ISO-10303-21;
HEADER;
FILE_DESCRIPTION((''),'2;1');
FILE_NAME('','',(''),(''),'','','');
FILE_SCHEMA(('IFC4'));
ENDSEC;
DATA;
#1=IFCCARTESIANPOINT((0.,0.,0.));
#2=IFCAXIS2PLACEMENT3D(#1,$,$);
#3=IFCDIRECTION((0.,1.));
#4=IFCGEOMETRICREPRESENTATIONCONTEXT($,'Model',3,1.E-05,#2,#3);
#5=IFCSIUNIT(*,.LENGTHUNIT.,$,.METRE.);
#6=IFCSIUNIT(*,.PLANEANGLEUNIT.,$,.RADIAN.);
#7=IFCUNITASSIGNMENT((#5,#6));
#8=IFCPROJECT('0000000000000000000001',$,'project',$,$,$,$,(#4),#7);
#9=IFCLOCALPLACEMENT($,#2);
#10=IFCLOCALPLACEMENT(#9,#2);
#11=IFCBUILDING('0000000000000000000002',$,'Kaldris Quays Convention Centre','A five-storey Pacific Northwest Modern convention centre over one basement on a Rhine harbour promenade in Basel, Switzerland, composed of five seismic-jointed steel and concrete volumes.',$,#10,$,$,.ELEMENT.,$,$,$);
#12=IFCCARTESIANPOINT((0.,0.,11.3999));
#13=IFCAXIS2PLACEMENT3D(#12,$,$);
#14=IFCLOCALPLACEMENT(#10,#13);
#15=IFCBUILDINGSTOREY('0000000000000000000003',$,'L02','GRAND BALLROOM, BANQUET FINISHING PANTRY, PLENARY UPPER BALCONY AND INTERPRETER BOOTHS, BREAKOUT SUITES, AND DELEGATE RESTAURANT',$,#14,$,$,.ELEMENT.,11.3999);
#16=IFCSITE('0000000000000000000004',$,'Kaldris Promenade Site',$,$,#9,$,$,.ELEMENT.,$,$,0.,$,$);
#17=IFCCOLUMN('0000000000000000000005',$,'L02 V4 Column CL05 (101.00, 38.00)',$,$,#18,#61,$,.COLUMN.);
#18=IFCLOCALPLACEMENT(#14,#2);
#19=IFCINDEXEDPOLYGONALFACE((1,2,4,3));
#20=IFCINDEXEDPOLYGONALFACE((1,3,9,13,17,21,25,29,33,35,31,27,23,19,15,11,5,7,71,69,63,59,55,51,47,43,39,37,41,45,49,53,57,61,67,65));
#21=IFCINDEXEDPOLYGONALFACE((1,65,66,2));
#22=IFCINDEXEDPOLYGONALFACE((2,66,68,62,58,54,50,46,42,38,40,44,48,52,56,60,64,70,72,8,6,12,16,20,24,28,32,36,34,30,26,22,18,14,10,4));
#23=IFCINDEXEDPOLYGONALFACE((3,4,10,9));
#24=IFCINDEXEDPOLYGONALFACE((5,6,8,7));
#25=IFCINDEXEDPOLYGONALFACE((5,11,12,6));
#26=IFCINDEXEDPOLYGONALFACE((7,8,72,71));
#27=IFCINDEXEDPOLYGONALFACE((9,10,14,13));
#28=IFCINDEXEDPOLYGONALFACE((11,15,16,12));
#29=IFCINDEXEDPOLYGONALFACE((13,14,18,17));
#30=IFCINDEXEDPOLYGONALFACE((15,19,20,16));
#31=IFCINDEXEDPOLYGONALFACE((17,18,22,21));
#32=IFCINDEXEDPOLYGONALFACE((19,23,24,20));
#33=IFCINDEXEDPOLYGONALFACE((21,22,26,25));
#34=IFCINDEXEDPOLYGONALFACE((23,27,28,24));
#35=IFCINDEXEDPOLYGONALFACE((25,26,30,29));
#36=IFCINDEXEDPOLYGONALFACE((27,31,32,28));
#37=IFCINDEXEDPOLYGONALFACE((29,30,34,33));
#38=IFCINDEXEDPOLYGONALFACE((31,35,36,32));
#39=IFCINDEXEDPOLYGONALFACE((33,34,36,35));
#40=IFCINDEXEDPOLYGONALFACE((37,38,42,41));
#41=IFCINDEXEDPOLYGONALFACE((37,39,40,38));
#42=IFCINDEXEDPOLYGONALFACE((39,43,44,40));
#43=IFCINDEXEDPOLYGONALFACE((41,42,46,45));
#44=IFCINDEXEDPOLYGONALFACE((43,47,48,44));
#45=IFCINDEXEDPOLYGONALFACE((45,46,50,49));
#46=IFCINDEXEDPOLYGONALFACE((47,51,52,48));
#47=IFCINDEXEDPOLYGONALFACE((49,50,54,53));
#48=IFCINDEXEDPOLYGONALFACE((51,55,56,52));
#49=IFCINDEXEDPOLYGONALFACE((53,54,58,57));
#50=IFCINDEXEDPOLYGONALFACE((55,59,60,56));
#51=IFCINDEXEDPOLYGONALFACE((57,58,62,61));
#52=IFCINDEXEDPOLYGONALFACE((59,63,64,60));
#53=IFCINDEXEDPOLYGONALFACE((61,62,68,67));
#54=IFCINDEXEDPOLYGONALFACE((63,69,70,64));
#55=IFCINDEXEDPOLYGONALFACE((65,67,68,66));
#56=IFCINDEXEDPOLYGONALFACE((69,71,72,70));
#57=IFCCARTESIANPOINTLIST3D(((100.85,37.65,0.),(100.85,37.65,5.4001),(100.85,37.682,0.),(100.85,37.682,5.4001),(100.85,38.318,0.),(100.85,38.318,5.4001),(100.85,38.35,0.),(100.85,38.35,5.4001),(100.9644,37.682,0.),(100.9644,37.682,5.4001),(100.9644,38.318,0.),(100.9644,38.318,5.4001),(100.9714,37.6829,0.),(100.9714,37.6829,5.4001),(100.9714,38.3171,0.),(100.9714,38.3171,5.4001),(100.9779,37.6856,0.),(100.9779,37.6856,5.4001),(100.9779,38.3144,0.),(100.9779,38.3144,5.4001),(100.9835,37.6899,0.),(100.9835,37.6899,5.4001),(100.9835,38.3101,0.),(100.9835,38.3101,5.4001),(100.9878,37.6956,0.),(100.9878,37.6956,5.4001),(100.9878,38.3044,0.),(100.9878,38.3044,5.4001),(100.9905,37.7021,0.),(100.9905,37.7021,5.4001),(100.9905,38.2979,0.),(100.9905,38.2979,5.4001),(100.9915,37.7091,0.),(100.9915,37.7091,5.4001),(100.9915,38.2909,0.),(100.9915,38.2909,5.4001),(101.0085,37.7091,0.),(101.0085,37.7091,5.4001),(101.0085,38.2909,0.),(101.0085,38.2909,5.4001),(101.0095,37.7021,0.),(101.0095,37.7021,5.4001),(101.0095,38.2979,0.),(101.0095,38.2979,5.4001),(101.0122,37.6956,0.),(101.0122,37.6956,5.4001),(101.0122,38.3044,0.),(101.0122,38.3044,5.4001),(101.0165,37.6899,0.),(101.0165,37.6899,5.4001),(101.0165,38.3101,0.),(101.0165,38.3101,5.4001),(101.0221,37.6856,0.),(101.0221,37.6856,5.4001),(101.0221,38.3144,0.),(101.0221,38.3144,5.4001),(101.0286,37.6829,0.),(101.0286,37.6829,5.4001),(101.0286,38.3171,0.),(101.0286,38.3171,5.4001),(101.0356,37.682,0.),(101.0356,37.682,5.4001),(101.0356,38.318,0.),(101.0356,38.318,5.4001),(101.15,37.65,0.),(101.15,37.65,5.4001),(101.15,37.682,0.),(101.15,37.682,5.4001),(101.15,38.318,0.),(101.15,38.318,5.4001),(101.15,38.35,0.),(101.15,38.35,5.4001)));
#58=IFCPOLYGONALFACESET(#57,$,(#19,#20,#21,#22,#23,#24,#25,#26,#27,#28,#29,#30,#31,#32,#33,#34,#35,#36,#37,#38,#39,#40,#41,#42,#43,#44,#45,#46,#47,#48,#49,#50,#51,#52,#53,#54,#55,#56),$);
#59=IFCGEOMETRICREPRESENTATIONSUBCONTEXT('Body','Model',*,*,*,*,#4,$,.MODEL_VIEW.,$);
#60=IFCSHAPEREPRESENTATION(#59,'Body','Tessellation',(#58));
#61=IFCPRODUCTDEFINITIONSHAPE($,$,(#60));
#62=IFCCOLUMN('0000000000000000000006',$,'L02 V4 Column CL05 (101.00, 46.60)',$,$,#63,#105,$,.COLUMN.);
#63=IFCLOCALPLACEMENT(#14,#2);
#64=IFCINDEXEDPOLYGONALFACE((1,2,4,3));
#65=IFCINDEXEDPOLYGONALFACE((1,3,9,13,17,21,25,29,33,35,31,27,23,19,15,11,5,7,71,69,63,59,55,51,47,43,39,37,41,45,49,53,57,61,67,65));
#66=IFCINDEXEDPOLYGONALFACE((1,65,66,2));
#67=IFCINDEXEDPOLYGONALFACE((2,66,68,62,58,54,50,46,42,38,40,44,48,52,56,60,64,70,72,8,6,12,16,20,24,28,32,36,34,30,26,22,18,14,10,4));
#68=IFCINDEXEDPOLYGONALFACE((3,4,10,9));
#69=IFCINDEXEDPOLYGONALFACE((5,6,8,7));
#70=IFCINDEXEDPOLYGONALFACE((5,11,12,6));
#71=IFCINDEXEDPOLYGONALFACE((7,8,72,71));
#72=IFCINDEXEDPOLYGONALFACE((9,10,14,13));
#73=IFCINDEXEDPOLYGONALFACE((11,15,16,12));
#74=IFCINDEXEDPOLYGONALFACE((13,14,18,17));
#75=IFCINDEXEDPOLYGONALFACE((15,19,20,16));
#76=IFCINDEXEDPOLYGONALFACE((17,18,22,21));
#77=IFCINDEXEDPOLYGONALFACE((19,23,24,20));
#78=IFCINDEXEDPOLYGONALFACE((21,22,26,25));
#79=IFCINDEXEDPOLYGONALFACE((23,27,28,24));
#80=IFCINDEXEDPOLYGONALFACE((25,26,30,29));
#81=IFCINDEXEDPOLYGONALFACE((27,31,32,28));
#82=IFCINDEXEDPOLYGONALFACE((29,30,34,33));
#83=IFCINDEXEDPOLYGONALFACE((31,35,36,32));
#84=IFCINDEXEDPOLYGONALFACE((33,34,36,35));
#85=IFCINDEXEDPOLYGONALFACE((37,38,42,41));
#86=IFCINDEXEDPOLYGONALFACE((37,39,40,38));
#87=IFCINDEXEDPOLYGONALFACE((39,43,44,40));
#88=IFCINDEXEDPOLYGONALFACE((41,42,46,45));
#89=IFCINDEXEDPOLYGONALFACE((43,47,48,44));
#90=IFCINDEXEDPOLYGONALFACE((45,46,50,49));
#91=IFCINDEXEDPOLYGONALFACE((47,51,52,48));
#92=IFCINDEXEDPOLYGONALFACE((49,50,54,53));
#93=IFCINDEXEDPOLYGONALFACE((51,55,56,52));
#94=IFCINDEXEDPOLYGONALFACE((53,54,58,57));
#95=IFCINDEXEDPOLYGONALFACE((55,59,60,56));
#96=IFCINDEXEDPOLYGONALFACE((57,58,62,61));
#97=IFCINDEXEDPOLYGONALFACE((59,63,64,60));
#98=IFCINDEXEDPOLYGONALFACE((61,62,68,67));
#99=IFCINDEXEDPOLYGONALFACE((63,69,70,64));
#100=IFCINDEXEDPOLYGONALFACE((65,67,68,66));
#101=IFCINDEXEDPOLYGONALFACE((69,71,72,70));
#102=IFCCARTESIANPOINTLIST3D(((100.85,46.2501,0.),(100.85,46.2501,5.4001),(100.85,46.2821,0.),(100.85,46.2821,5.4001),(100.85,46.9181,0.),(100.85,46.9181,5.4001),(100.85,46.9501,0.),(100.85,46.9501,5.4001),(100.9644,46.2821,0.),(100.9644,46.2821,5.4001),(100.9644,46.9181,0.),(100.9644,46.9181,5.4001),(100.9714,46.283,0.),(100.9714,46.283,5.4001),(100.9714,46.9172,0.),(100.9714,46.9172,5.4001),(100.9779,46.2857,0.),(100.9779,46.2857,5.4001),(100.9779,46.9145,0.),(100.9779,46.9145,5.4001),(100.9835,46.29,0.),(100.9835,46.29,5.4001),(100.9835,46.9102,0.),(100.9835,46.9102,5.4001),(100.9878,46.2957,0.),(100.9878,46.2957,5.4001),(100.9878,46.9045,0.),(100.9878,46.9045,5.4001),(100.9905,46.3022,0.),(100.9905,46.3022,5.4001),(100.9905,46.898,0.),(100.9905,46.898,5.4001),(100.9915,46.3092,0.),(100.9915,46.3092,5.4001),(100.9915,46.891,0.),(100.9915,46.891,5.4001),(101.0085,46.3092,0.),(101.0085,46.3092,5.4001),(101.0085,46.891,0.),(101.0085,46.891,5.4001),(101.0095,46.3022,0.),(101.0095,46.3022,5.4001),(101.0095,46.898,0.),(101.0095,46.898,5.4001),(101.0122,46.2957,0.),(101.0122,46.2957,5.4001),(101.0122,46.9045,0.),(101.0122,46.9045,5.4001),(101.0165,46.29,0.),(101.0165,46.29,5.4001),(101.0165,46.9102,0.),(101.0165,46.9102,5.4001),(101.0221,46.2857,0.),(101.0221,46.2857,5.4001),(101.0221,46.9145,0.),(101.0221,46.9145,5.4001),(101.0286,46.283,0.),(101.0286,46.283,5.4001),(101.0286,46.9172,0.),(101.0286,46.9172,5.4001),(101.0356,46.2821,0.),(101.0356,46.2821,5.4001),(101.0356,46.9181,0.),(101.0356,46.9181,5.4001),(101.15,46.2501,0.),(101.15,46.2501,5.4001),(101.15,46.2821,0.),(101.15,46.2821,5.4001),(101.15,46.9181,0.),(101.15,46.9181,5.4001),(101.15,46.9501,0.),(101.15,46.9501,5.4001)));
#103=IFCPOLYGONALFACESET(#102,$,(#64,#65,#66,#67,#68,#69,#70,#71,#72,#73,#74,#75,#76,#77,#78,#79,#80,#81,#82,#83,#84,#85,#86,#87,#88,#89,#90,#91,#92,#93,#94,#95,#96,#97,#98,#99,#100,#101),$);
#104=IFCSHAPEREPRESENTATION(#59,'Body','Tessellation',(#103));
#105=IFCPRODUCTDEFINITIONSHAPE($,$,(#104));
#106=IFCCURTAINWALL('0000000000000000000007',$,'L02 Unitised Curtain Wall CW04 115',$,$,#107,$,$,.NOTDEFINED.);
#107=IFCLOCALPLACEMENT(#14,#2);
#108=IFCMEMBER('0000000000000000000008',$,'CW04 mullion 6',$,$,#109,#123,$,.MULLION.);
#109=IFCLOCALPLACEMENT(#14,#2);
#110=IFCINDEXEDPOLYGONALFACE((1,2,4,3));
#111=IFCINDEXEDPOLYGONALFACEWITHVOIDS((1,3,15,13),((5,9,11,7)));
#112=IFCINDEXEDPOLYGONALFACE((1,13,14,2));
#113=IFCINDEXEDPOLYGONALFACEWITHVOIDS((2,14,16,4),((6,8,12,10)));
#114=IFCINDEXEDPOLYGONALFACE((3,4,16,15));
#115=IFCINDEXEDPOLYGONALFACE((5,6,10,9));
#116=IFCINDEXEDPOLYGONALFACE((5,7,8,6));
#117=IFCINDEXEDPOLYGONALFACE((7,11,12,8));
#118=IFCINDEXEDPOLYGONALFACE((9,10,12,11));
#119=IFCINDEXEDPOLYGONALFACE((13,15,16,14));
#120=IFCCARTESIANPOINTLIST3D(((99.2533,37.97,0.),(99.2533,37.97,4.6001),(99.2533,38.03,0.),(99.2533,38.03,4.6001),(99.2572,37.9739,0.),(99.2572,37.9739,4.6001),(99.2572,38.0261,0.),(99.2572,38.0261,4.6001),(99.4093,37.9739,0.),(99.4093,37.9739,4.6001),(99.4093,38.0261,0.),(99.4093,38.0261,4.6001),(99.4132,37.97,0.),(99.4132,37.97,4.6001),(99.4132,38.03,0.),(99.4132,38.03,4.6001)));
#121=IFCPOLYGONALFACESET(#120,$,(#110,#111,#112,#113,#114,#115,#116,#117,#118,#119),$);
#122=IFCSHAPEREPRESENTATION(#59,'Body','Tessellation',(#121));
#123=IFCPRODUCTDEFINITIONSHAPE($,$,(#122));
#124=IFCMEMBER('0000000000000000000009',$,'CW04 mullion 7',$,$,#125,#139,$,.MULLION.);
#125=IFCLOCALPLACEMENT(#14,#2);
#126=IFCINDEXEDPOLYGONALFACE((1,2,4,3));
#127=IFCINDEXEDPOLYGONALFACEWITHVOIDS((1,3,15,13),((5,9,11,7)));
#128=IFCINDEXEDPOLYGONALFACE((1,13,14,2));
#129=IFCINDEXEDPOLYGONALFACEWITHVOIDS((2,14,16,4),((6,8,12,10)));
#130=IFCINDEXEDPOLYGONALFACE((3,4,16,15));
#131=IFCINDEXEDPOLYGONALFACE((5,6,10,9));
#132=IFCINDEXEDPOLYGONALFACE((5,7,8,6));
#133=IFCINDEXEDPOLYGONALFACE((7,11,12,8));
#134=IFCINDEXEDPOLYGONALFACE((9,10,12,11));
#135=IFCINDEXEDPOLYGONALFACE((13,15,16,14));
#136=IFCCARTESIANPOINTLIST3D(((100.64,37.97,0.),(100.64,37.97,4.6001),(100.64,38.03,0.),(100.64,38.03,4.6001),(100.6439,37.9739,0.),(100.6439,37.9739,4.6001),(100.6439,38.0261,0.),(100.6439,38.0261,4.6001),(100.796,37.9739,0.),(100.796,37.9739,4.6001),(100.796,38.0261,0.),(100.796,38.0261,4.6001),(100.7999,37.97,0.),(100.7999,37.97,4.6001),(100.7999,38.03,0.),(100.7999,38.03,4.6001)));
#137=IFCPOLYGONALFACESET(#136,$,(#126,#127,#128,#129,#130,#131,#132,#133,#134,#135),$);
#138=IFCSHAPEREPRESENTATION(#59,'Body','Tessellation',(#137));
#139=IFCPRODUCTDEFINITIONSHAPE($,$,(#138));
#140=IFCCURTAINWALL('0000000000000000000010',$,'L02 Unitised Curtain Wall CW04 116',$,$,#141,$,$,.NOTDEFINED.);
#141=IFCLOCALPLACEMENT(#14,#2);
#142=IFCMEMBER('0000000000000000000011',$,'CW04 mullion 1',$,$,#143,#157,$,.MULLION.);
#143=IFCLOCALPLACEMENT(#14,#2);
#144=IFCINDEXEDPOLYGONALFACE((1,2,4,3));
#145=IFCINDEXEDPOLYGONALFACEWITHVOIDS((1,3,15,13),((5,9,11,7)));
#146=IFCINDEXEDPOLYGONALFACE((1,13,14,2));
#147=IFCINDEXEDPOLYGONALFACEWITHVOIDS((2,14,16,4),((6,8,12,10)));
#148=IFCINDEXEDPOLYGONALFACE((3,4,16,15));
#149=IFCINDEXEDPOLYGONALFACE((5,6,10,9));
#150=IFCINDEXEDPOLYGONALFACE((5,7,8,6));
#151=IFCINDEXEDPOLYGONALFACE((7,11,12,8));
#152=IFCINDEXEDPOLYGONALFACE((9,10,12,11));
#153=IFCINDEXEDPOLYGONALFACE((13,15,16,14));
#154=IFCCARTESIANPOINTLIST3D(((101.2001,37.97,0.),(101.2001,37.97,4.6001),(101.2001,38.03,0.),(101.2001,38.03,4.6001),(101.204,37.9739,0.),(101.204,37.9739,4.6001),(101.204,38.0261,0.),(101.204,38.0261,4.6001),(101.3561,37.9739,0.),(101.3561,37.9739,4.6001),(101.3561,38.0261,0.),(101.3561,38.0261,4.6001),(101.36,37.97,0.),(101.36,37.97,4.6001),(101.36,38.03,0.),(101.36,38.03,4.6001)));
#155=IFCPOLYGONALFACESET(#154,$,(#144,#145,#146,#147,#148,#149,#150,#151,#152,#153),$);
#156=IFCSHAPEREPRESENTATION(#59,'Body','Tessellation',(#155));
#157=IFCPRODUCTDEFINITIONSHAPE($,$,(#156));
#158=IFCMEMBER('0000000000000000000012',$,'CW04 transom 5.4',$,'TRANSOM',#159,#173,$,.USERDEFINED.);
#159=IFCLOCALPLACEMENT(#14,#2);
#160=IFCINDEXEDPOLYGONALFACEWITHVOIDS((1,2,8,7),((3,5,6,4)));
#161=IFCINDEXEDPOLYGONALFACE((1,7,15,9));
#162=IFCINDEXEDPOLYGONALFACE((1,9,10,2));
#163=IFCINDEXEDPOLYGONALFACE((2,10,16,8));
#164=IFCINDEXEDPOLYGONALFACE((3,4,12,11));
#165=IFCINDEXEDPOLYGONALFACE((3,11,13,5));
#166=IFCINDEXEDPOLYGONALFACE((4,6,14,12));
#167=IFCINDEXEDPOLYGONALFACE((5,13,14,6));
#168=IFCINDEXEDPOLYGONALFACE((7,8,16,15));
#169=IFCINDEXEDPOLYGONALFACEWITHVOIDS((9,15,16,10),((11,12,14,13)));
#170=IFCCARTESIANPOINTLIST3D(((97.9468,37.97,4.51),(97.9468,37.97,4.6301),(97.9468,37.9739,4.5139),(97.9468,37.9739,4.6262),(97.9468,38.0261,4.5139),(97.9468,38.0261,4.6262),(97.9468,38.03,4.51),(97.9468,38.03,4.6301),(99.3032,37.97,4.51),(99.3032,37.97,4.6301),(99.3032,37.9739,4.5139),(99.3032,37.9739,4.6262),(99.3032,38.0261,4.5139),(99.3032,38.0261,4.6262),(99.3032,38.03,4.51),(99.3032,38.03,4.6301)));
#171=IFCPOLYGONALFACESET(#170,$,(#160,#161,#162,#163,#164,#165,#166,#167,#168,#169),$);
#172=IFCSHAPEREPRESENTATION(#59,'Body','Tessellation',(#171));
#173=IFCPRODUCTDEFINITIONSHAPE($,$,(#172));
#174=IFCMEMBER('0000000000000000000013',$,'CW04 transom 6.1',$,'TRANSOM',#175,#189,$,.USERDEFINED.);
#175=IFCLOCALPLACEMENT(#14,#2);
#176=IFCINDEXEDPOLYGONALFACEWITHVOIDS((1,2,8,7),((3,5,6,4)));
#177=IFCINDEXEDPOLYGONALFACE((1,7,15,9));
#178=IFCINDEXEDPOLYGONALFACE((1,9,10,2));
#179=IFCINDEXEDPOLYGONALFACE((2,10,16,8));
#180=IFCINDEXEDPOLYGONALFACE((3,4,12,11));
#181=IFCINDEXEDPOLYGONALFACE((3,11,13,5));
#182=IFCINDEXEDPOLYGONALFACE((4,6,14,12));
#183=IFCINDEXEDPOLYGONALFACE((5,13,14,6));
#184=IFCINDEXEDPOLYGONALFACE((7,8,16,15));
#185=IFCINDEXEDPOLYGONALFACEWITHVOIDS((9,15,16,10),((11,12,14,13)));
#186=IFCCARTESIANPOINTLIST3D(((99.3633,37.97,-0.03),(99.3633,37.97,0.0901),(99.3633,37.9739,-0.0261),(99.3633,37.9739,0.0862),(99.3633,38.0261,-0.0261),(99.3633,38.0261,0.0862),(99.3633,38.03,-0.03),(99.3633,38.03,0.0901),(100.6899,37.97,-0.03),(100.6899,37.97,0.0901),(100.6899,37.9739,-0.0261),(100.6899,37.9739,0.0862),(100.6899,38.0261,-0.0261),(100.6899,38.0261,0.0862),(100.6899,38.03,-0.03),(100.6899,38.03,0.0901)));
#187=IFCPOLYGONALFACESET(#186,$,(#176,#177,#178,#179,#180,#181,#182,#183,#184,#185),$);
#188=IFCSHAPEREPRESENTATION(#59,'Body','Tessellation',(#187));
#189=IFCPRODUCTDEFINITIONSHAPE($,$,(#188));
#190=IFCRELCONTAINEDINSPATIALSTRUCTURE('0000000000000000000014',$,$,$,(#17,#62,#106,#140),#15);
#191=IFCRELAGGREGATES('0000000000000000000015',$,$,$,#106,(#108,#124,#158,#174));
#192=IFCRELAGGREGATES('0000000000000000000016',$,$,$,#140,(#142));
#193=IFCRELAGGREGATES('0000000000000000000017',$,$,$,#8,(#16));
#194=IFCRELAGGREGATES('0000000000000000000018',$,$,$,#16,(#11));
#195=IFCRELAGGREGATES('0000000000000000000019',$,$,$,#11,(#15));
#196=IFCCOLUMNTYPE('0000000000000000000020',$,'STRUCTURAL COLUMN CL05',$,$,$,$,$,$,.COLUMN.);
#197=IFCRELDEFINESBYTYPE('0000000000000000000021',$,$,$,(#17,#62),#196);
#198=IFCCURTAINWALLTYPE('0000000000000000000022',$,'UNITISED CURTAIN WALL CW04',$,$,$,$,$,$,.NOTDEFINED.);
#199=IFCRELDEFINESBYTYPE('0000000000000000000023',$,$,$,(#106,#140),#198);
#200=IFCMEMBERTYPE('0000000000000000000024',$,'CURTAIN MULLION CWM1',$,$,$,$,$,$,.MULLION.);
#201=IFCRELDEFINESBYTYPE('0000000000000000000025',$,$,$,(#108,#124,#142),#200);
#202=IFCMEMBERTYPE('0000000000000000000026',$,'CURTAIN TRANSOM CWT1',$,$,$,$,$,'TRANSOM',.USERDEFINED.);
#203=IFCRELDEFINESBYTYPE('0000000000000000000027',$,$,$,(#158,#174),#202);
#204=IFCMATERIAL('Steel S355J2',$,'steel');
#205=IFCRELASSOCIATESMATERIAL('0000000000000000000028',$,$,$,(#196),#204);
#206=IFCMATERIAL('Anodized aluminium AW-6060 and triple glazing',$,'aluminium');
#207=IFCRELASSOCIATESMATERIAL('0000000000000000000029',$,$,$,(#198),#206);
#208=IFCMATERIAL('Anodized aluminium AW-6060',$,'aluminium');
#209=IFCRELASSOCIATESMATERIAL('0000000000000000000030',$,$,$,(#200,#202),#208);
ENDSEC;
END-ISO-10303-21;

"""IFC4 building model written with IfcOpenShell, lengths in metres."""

from ifc_helpers import new_model, si_unit, direction, frame, origin, origin_2d, place, context, subcontext, project, spatial, hollow_rectangle, i_section, extrude, material, material_profile, profile_set, type_object, element, aggregate, save


model = new_model("IFC4")

# Units and contexts
model_context = context("Model", 3, precision=1e-05, world=origin(), true_north=direction((0.0, 1.0)))
body_context = subcontext(model_context, "Body", "Model", "MODEL_VIEW")
ifc_project = project(units=[si_unit("LENGTHUNIT", "METRE"), si_unit("PLANEANGLEUNIT", "RADIAN")], contexts=[model_context])

# Site, building, storey
site_placement = place(None, origin())
site = spatial("IfcSite", under=ifc_project, at=site_placement, Name="Kaldris Promenade Site", CompositionType="ELEMENT", RefElevation=0.0)
building_placement = place(site_placement, origin())
building = spatial("IfcBuilding", under=site, at=building_placement, Name="Kaldris Quays Convention Centre", Description="A five-storey Pacific Northwest Modern convention centre over one basement on a Rhine harbour promenade in Basel, Switzerland, composed of five seismic-jointed steel and concrete volumes.", CompositionType="ELEMENT")
storey_placement = place(building_placement, frame((0.0, 0.0, 11.3999)))
storey = spatial("IfcBuildingStorey", under=building, at=storey_placement, Name="L02", Description="GRAND BALLROOM, BANQUET FINISHING PANTRY, PLENARY UPPER BALCONY AND INTERPRETER BOOTHS, BREAKOUT SUITES, AND DELEGATE RESTAURANT", CompositionType="ELEMENT", Elevation=11.3999)

# Columns
ifc_material_1 = material(Name="Steel S355J2", Category="steel")
ifc_material_profile_1 = material_profile(ifc_material_1, i_section(OverallWidth=0.3, OverallDepth=0.7, WebThickness=0.0171, FlangeThickness=0.032, FilletRadius=0.0271, at=origin_2d()), Name="HEB 700")
ifc_profile_set_1 = profile_set([ifc_material_profile_1], Name="Steel S355J2")
column_type = type_object("IfcColumnType", Name="STRUCTURAL COLUMN CL05", PredefinedType="COLUMN", material=ifc_profile_set_1)
for number, where, z_axis, x_axis, name in (
    (1, (101.0, 38.0, 0.0), (0.0, 0.0, 1.0), (1.0, 0.0, 0.0), "L02 V4 Column CL05 (101.00, 38.00)"),
    (2, (101.0, 46.6001, 0.0), (0.0, 0.0, 1.0), (1.0, 0.0, 0.0), "L02 V4 Column CL05 (101.00, 46.60)"),
):
    element("IfcColumn", number, at=place(storey_placement, frame(where, z_axis=z_axis, x_axis=x_axis)), inside=storey, type_object=column_type, Name=name, PredefinedType="COLUMN", context=body_context, shape_type="SweptSolid", body=[
        extrude(i_section(OverallWidth=0.3, OverallDepth=0.7, WebThickness=0.0171, FlangeThickness=0.032, FilletRadius=0.0271, at=origin_2d()), origin(), (0.0, 0.0, 1.0), 5.4001),
    ])

# Curtain wall, members
ifc_material_2 = material(Name="Anodized aluminium AW-6060 and triple glazing", Category="aluminium")
curtain_wall_type = type_object("IfcCurtainWallType", Name="UNITISED CURTAIN WALL CW04", PredefinedType="NOTDEFINED", material=ifc_material_2)
curtain_wall_1_placement = place(storey_placement, origin())
curtain_wall_1 = element("IfcCurtainWall", 3, at=curtain_wall_1_placement, inside=storey, type_object=curtain_wall_type, Name="L02 Unitised Curtain Wall CW04 115", PredefinedType="NOTDEFINED")
ifc_material_3 = material(Name="Anodized aluminium AW-6060", Category="aluminium")
ifc_material_profile_2 = material_profile(ifc_material_3, hollow_rectangle(XDim=0.0601, YDim=0.1599, WallThickness=0.0039, at=origin_2d()), Name="RHS 160x60x4")
ifc_profile_set_2 = profile_set([ifc_material_profile_2], Name="Anodized aluminium AW-6060")
member_type_1 = type_object("IfcMemberType", Name="CURTAIN MULLION CWM1", PredefinedType="MULLION", material=ifc_profile_set_2)
member_1_placement = place(storey_placement, frame((99.3333, 38.0, 0.0), z_axis=(0.0, 0.0, 1.0), x_axis=(0.0, 1.0, 0.0)))
member_1 = element("IfcMember", 4, at=member_1_placement, type_object=member_type_1, Name="CW04 mullion 6", PredefinedType="MULLION", context=body_context, shape_type="SweptSolid", body=[
    extrude(hollow_rectangle(XDim=0.0601, YDim=0.1599, WallThickness=0.0039, at=origin_2d()), origin(), (0.0, 0.0, 1.0), 4.6001),
])
member_2_placement = place(storey_placement, frame((100.72, 38.0, 0.0), z_axis=(0.0, 0.0, 1.0), x_axis=(0.0, 1.0, 0.0)))
member_2 = element("IfcMember", 5, at=member_2_placement, type_object=member_type_1, Name="CW04 mullion 7", PredefinedType="MULLION", context=body_context, shape_type="SweptSolid", body=[
    extrude(hollow_rectangle(XDim=0.0601, YDim=0.1599, WallThickness=0.0039, at=origin_2d()), origin(), (0.0, 0.0, 1.0), 4.6001),
])

# Curtain wall, member
curtain_wall_2_placement = place(storey_placement, origin())
curtain_wall_2 = element("IfcCurtainWall", 6, at=curtain_wall_2_placement, inside=storey, type_object=curtain_wall_type, Name="L02 Unitised Curtain Wall CW04 116", PredefinedType="NOTDEFINED")
member_3_placement = place(storey_placement, frame((101.28, 38.0, 0.0), z_axis=(0.0, 0.0, 1.0), x_axis=(0.0, 1.0, 0.0)))
member_3 = element("IfcMember", 7, at=member_3_placement, type_object=member_type_1, Name="CW04 mullion 1", PredefinedType="MULLION", context=body_context, shape_type="SweptSolid", body=[
    extrude(hollow_rectangle(XDim=0.0601, YDim=0.1599, WallThickness=0.0039, at=origin_2d()), origin(), (0.0, 0.0, 1.0), 4.6001),
])

# Members
ifc_material_profile_3 = material_profile(ifc_material_3, hollow_rectangle(XDim=0.0601, YDim=0.1201, WallThickness=0.0039, at=origin_2d()), Name="RHS 120x60x4")
ifc_profile_set_3 = profile_set([ifc_material_profile_3], Name="Anodized aluminium AW-6060")
member_type_2 = type_object("IfcMemberType", Name="CURTAIN TRANSOM CWT1", ElementType="TRANSOM", PredefinedType="USERDEFINED", material=ifc_profile_set_3)
member_4_placement = place(storey_placement, frame((97.9468, 38.0, 4.5701), z_axis=(1.0, 0.0, 0.0), x_axis=(0.0, 1.0, 0.0)))
member_4 = element("IfcMember", 8, at=member_4_placement, type_object=member_type_2, Name="CW04 transom 5.4", ObjectType="TRANSOM", PredefinedType="USERDEFINED", context=body_context, shape_type="SweptSolid", body=[
    extrude(hollow_rectangle(XDim=0.0601, YDim=0.1201, WallThickness=0.0039, at=origin_2d()), origin(), (0.0, 0.0, 1.0), 1.3564),
])
member_5_placement = place(storey_placement, frame((99.3633, 38.0, 0.03), z_axis=(1.0, 0.0, 0.0), x_axis=(0.0, 1.0, 0.0)))
member_5 = element("IfcMember", 9, at=member_5_placement, type_object=member_type_2, Name="CW04 transom 6.1", ObjectType="TRANSOM", PredefinedType="USERDEFINED", context=body_context, shape_type="SweptSolid", body=[
    extrude(hollow_rectangle(XDim=0.0601, YDim=0.1201, WallThickness=0.0039, at=origin_2d()), origin(), (0.0, 0.0, 1.0), 1.3267),
])

aggregate(curtain_wall_1, [member_1, member_2, member_4, member_5])
aggregate(curtain_wall_2, [member_3])

save(model, "model.ifc")
